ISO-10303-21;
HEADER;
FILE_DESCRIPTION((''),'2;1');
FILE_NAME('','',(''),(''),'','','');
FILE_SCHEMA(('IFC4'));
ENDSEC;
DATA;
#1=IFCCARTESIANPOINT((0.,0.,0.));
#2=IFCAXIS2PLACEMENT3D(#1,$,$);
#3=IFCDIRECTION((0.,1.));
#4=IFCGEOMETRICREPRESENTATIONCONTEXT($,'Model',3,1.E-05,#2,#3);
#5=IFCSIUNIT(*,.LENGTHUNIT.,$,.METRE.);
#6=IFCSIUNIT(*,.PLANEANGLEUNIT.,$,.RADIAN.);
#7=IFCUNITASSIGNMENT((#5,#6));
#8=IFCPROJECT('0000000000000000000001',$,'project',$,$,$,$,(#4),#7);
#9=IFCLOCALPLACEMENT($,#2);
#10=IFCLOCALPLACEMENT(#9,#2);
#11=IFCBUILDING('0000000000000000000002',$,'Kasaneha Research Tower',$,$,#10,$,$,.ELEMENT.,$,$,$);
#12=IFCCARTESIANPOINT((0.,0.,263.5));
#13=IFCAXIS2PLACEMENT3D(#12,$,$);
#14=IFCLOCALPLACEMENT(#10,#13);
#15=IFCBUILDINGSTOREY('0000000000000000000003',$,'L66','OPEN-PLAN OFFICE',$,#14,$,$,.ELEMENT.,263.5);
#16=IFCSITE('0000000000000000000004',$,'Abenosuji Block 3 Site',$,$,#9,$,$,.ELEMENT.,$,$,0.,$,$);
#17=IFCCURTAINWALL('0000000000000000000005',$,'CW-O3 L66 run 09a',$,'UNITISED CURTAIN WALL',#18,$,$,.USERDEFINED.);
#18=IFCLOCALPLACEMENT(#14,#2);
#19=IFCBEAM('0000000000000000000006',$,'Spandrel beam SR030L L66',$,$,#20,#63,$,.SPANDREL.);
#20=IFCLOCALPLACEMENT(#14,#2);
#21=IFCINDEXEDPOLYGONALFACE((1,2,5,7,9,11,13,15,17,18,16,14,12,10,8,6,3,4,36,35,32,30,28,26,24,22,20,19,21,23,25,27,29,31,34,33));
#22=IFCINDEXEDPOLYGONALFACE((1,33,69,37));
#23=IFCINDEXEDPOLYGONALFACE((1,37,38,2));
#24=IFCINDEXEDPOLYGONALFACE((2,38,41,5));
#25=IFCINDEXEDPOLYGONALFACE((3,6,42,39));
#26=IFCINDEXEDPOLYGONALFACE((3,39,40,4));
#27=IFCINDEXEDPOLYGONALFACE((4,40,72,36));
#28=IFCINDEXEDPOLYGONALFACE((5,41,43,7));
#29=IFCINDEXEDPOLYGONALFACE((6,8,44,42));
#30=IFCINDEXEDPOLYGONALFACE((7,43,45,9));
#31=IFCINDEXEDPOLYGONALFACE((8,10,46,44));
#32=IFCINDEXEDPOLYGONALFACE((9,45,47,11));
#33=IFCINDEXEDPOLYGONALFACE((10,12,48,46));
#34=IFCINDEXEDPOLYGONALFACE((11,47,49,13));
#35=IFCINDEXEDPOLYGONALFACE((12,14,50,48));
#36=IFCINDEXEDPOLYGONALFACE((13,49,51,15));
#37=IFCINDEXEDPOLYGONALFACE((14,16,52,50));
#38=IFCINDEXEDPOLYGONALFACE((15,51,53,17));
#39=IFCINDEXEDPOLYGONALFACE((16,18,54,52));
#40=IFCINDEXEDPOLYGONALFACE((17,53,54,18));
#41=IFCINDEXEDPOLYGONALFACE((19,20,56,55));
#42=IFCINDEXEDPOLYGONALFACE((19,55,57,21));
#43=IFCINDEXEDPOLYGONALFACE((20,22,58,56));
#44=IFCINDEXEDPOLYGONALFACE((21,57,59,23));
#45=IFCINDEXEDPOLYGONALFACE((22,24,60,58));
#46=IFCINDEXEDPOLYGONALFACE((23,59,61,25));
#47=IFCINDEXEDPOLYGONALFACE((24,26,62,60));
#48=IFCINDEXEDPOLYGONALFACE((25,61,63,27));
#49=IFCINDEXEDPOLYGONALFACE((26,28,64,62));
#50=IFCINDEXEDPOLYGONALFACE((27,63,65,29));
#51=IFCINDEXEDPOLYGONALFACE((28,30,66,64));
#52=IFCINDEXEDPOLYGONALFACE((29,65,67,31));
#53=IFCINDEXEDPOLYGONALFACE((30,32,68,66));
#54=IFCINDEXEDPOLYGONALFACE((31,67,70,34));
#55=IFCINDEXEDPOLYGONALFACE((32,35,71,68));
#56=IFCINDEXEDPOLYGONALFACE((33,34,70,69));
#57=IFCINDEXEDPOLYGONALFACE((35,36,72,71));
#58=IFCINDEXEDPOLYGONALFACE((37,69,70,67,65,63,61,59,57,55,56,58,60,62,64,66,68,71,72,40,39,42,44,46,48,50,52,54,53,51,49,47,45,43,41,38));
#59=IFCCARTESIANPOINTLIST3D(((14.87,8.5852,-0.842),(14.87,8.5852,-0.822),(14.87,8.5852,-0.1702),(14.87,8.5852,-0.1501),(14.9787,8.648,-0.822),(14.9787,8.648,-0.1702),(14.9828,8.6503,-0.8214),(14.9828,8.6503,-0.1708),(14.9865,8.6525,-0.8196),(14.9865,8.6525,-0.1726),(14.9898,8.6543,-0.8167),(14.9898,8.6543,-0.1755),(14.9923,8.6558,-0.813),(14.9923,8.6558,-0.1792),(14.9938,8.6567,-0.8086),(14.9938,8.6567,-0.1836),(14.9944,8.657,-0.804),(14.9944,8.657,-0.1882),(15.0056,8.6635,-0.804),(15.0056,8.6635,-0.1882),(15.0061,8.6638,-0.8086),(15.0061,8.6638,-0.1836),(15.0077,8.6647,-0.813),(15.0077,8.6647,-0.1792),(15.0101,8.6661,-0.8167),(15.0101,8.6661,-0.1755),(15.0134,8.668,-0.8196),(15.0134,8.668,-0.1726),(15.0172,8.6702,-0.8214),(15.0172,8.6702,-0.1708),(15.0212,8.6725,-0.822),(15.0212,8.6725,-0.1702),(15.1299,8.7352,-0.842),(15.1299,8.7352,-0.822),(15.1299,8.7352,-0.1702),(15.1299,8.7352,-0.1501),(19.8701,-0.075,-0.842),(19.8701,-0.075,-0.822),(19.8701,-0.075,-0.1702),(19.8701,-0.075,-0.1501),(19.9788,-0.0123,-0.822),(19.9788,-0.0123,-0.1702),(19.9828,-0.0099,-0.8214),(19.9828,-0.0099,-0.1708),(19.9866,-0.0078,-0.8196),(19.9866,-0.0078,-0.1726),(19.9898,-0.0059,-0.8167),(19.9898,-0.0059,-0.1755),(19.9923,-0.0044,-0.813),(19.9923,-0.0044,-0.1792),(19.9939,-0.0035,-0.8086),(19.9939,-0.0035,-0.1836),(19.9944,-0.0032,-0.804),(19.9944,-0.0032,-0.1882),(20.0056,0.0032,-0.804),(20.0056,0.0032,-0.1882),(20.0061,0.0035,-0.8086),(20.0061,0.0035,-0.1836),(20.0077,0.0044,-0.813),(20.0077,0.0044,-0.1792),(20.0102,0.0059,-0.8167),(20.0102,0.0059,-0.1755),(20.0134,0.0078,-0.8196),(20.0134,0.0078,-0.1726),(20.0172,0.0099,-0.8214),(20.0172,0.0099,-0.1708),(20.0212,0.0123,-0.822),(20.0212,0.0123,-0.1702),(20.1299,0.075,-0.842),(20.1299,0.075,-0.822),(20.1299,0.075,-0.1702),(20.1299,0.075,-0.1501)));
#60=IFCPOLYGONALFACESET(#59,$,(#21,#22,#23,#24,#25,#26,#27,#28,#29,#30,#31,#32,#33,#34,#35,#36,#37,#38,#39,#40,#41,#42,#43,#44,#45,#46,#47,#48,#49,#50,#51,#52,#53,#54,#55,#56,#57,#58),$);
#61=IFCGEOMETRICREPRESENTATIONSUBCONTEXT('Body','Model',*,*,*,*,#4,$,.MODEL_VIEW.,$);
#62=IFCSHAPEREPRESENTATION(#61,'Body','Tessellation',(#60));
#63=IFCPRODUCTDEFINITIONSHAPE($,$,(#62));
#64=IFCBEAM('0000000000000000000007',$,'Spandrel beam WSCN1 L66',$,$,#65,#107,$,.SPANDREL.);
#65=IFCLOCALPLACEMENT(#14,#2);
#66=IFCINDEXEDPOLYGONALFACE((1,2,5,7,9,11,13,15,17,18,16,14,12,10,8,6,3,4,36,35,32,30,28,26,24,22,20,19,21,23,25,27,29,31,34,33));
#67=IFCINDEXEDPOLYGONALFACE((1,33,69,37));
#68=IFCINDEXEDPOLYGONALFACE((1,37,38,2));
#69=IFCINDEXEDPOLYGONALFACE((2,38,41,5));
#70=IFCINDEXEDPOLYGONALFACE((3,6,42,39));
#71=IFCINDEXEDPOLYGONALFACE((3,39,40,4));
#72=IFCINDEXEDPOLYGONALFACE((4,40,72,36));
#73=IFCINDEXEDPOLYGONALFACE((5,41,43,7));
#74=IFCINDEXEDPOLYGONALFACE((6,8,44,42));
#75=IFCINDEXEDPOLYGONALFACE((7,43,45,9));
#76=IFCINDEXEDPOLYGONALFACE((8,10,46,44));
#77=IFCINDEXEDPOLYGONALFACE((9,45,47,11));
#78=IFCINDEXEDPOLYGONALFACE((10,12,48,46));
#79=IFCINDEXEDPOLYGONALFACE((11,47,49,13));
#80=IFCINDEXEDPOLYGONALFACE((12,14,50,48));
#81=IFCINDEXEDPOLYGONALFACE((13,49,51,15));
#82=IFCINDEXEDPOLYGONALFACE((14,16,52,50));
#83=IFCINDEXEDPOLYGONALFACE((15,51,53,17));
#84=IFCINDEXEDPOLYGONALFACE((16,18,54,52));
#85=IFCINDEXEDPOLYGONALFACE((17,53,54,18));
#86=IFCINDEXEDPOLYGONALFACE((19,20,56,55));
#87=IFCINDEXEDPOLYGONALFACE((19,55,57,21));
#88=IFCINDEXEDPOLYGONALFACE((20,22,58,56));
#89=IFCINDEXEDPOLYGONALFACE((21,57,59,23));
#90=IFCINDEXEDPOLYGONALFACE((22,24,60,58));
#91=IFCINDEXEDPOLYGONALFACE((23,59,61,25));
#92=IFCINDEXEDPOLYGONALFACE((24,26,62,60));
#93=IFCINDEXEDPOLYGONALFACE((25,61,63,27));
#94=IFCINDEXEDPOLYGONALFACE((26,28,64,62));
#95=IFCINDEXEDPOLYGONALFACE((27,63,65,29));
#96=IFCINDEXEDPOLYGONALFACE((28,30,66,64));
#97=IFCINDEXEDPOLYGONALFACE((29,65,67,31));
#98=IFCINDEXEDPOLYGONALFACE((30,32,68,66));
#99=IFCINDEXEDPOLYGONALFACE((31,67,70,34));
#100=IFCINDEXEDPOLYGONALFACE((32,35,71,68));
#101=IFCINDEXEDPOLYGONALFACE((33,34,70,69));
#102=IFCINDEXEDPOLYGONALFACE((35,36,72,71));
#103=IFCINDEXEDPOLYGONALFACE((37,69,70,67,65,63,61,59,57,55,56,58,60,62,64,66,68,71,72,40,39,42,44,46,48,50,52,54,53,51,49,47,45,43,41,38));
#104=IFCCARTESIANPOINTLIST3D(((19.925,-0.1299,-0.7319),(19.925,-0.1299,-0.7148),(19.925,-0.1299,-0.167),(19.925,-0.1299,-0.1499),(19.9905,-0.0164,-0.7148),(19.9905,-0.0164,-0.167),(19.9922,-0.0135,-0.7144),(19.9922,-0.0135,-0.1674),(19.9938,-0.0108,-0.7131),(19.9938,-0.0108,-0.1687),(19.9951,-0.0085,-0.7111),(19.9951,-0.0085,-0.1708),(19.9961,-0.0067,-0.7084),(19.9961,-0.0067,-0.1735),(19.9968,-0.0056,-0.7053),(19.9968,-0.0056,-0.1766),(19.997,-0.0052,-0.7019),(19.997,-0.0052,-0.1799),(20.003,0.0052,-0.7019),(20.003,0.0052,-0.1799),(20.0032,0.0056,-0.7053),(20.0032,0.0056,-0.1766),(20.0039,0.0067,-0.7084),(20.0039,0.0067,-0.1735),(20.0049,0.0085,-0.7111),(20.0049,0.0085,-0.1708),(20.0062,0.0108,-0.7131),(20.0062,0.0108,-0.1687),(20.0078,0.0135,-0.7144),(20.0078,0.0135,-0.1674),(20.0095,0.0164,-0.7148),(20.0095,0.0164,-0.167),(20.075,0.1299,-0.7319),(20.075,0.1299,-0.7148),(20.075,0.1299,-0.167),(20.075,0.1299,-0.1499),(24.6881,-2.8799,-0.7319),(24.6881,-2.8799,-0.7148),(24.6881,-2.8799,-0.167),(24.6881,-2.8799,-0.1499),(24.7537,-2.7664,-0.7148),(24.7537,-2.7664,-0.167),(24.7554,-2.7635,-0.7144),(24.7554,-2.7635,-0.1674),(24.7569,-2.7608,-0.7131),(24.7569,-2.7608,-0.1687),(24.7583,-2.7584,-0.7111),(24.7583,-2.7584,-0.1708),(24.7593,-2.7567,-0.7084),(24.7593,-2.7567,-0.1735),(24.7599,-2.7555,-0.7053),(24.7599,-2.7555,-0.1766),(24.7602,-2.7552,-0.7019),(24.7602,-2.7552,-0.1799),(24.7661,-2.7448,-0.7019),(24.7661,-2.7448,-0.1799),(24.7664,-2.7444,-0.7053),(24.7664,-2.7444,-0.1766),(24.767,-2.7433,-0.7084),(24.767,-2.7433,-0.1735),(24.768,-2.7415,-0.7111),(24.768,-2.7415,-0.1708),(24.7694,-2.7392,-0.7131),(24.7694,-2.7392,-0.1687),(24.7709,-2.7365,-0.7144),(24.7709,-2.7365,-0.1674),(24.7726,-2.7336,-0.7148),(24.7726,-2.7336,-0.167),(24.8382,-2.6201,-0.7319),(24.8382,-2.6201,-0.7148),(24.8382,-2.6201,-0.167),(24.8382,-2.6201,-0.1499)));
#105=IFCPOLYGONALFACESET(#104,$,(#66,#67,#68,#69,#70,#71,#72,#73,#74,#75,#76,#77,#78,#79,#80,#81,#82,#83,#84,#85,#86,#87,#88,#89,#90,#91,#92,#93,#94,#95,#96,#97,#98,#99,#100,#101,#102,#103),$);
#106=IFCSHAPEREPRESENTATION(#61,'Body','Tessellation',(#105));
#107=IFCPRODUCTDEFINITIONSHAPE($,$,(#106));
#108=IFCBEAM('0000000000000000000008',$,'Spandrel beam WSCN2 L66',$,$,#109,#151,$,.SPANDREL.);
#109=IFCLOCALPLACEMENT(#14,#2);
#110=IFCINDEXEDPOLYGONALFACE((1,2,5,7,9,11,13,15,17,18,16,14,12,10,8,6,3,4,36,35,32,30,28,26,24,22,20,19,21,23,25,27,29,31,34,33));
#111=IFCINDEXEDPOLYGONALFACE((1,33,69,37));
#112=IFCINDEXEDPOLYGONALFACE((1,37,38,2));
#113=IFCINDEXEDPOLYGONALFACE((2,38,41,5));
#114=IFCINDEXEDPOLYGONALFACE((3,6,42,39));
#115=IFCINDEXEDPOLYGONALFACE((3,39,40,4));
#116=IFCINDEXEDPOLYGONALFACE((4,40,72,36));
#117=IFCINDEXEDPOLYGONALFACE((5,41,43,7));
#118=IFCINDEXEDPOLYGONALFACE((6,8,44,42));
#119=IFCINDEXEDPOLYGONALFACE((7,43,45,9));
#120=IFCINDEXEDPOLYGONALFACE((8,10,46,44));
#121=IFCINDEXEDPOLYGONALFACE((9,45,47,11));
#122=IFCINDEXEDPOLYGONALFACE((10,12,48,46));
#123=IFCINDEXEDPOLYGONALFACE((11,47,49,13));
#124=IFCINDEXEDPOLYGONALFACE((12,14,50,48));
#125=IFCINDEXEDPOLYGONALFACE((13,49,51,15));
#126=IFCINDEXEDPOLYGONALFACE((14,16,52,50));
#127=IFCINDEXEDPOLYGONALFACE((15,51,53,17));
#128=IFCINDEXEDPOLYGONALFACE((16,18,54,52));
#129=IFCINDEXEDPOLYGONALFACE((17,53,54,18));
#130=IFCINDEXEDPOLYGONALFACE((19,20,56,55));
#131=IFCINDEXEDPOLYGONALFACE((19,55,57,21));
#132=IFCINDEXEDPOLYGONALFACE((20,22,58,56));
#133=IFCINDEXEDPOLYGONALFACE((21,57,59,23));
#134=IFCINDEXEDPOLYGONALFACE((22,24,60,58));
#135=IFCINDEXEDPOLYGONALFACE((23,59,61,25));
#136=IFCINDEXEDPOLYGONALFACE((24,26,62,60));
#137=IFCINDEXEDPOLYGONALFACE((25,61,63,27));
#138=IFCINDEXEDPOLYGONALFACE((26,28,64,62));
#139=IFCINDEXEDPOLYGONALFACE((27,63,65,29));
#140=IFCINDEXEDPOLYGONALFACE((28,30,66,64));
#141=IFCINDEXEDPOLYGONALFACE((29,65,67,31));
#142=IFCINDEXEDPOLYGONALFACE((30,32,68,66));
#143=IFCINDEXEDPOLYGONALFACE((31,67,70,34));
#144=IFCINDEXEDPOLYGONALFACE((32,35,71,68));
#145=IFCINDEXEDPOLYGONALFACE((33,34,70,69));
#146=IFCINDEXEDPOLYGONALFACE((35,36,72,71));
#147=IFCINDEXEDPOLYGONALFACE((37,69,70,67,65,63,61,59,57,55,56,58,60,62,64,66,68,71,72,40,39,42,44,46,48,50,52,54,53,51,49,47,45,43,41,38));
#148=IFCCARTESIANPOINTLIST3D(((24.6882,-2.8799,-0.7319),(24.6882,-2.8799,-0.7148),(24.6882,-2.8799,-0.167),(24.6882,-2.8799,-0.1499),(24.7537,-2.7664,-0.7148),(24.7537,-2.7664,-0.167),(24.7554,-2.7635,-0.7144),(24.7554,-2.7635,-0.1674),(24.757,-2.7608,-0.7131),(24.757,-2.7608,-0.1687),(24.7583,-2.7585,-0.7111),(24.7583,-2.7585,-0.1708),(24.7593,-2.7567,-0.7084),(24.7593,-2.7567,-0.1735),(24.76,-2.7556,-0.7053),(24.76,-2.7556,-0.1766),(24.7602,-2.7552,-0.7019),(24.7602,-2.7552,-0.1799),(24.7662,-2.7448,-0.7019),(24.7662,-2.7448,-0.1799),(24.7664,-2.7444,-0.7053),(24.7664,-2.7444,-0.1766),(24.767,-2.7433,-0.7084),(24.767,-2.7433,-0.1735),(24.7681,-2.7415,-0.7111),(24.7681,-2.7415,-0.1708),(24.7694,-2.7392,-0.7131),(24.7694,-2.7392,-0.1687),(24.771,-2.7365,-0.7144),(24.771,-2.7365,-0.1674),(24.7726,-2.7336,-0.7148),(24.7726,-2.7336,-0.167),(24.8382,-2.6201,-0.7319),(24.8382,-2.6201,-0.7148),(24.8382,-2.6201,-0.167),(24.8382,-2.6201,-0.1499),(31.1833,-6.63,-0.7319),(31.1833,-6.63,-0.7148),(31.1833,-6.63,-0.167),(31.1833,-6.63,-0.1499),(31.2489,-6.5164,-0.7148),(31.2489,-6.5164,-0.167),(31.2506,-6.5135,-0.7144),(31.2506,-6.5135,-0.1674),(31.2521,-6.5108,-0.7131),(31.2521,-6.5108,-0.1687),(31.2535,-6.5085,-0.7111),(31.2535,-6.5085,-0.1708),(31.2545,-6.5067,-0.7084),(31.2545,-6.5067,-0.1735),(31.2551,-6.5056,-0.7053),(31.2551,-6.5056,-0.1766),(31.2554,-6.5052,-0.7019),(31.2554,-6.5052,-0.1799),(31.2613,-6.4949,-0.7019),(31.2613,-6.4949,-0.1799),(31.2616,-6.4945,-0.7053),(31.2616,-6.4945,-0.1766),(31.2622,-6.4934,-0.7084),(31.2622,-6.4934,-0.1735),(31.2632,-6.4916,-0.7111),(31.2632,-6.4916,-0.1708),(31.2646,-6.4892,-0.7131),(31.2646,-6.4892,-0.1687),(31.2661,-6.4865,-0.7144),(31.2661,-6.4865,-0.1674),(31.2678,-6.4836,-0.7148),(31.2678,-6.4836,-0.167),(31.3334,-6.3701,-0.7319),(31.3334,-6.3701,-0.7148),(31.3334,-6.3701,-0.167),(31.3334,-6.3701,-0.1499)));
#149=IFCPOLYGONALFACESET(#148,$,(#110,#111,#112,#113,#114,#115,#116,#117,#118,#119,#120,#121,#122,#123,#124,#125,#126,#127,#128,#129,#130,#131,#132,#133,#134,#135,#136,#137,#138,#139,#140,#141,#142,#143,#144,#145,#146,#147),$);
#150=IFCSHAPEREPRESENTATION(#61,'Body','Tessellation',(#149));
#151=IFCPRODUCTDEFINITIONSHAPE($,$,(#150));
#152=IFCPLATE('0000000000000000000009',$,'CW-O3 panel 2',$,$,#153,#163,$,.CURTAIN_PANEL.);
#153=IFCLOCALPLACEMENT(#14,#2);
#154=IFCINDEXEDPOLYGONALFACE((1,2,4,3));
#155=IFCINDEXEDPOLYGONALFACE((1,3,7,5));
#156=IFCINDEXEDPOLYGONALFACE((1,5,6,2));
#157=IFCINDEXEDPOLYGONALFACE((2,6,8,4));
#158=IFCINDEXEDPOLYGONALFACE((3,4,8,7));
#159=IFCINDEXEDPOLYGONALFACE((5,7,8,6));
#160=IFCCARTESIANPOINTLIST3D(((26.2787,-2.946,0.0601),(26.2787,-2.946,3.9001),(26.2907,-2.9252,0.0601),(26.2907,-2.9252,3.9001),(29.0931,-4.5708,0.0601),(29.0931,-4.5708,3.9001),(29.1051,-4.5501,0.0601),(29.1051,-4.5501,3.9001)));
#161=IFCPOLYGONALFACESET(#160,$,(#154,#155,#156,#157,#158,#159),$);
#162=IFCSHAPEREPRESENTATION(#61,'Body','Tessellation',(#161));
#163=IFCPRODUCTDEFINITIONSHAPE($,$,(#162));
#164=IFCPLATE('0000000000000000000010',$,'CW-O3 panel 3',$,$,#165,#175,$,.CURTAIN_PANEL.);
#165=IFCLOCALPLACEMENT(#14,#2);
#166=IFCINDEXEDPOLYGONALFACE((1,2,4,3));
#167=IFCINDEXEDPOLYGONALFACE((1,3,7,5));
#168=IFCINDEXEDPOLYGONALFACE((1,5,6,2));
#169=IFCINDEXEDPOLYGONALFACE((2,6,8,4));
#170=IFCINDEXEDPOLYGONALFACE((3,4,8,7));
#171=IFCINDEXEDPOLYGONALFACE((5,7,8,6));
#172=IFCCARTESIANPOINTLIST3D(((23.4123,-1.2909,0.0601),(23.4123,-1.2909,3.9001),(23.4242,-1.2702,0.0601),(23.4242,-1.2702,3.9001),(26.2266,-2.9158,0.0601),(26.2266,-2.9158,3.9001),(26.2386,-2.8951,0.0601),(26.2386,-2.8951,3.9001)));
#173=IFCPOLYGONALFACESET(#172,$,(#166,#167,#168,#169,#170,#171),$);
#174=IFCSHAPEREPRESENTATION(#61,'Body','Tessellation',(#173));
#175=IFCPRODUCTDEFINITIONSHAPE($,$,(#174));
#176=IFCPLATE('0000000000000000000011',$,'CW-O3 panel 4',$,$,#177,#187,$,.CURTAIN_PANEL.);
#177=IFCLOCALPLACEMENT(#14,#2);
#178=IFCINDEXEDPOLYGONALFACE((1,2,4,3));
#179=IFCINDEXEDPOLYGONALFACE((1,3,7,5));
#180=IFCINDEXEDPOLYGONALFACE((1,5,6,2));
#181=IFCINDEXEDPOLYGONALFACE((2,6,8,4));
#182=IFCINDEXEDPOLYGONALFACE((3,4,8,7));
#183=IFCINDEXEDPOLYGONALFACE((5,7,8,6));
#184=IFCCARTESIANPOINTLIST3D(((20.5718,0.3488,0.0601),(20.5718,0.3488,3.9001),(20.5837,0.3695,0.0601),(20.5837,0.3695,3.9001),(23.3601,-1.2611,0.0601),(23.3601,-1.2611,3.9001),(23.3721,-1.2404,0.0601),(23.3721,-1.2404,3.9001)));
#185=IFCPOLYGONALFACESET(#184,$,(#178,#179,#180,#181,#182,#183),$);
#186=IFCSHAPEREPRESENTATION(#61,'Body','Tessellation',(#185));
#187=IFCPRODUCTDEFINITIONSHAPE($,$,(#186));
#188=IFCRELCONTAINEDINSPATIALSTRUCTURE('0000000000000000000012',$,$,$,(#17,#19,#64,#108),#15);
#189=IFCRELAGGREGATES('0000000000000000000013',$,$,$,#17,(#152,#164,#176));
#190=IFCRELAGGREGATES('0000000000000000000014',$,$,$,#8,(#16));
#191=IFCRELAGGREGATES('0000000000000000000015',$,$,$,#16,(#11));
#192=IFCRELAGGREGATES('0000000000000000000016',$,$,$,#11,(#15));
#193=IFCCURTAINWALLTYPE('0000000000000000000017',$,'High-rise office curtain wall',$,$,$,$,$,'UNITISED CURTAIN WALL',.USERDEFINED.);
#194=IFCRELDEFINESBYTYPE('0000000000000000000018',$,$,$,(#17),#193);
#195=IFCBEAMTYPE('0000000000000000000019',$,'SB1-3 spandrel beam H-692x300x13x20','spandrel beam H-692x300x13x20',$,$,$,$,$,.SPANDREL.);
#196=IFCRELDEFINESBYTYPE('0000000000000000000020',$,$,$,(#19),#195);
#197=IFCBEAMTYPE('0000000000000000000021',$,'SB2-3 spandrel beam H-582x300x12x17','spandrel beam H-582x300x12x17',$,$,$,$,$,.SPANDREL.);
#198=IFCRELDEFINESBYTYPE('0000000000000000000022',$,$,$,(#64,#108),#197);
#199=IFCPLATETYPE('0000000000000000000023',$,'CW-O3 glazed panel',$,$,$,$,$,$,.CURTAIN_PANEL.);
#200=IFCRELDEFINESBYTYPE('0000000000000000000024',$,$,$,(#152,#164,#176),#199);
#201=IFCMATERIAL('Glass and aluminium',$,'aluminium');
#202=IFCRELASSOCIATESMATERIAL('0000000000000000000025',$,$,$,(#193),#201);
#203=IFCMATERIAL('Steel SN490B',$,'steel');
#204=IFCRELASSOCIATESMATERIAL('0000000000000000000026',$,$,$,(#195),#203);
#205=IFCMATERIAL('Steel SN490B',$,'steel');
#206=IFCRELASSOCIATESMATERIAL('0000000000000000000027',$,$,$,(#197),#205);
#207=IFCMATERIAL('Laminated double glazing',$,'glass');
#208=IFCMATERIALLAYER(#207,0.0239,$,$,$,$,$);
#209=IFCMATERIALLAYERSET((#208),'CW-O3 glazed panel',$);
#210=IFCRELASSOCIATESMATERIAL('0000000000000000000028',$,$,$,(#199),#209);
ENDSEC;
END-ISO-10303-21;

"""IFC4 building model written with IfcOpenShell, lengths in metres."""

from ifc_helpers import new_model, si_unit, direction, frame, origin, origin_2d, place, context, subcontext, project, spatial, rectangle, i_section, extrude, material, layer, layer_set, material_profile, profile_set, type_object, element, aggregate, save


model = new_model("IFC4")

# Units and contexts
model_context = context("Model", 3, precision=1e-05, world=origin(), true_north=direction((0.0, 1.0)))
body_context = subcontext(model_context, "Body", "Model", "MODEL_VIEW")
ifc_project = project(units=[si_unit("LENGTHUNIT", "METRE"), si_unit("PLANEANGLEUNIT", "RADIAN")], contexts=[model_context])

# Site, building, storey
site_placement = place(None, origin())
site = spatial("IfcSite", under=ifc_project, at=site_placement, Name="Abenosuji Block 3 Site", CompositionType="ELEMENT", RefElevation=0.0)
building_placement = place(site_placement, origin())
building = spatial("IfcBuilding", under=site, at=building_placement, Name="Kasaneha Research Tower", CompositionType="ELEMENT")
storey_placement = place(building_placement, frame((0.0, 0.0, 263.5)))
storey = spatial("IfcBuildingStorey", under=building, at=storey_placement, Name="L66", Description="OPEN-PLAN OFFICE", CompositionType="ELEMENT", Elevation=263.5)

# Curtain wall
ifc_material_1 = material(Name="Glass and aluminium", Category="aluminium")
curtain_wall_type = type_object("IfcCurtainWallType", Name="High-rise office curtain wall", ElementType="UNITISED CURTAIN WALL", PredefinedType="USERDEFINED", material=ifc_material_1)
curtain_wall_placement = place(storey_placement, origin())
curtain_wall = element("IfcCurtainWall", 1, at=curtain_wall_placement, inside=storey, type_object=curtain_wall_type, Name="CW-O3 L66 run 09a", ObjectType="UNITISED CURTAIN WALL", PredefinedType="USERDEFINED")

# Beams
ifc_material_2 = material(Name="Steel SN490B", Category="steel")
ifc_material_profile_1 = material_profile(ifc_material_2, i_section(OverallWidth=0.3, OverallDepth=0.6919, WebThickness=0.0129, FlangeThickness=0.02, FilletRadius=0.0181, at=origin_2d()), Name="H-692x300x13x20")
ifc_profile_set_1 = profile_set([ifc_material_profile_1], Name="Steel SN490B")
beam_type_1 = type_object("IfcBeamType", Name="SB1-3 spandrel beam H-692x300x13x20", Description="spandrel beam H-692x300x13x20", PredefinedType="SPANDREL", material=ifc_profile_set_1)
beam_1_placement = place(storey_placement, frame((20.0, 0.0, -0.4961), z_axis=(-0.500004, 0.866023, 0.0), x_axis=(-0.866023, -0.500004, 0.0)))
element("IfcBeam", 2, at=beam_1_placement, inside=storey, type_object=beam_type_1, Name="Spandrel beam SR030L L66", PredefinedType="SPANDREL", context=body_context, shape_type="SweptSolid", body=[
    extrude(i_section(OverallWidth=0.3, OverallDepth=0.6919, WebThickness=0.0129, FlangeThickness=0.02, FilletRadius=0.0181, at=origin_2d()), origin(), (0.0, 0.0, 1.0), 10.0),
])
ifc_material_3 = material(Name="Steel SN490B", Category="steel")
ifc_material_profile_2 = material_profile(ifc_material_3, i_section(OverallWidth=0.3, OverallDepth=0.582, WebThickness=0.012, FlangeThickness=0.0171, FilletRadius=0.0129, at=origin_2d()), Name="H-582x300x12x17")
ifc_profile_set_2 = profile_set([ifc_material_profile_2], Name="Steel SN490B")
beam_type_2 = type_object("IfcBeamType", Name="SB2-3 spandrel beam H-582x300x12x17", Description="spandrel beam H-582x300x12x17", PredefinedType="SPANDREL", material=ifc_profile_set_2)
beam_2_placement = place(storey_placement, frame((20.0, 0.0, -0.4409), z_axis=(0.866027, -0.499997, 0.0), x_axis=(0.499997, 0.866027, 0.0)))
element("IfcBeam", 3, at=beam_2_placement, inside=storey, type_object=beam_type_2, Name="Spandrel beam WSCN1 L66", PredefinedType="SPANDREL", context=body_context, shape_type="SweptSolid", body=[
    extrude(i_section(OverallWidth=0.3, OverallDepth=0.582, WebThickness=0.012, FlangeThickness=0.0171, FilletRadius=0.0129, at=origin_2d()), origin(), (0.0, 0.0, 1.0), 5.5),
])
beam_3_placement = place(storey_placement, frame((24.7632, -2.75, -0.4409), z_axis=(0.866023, -0.500004, 0.0), x_axis=(0.500004, 0.866023, 0.0)))
element("IfcBeam", 4, at=beam_3_placement, inside=storey, type_object=beam_type_2, Name="Spandrel beam WSCN2 L66", PredefinedType="SPANDREL", context=body_context, shape_type="SweptSolid", body=[
    extrude(i_section(OverallWidth=0.3, OverallDepth=0.582, WebThickness=0.012, FlangeThickness=0.0171, FilletRadius=0.0129, at=origin_2d()), origin(), (0.0, 0.0, 1.0), 7.5),
])

# Plates
ifc_material_4 = material(Name="Laminated double glazing", Category="glass")
ifc_layer_1 = layer(ifc_material_4, 0.0239)
ifc_layer_set_1 = layer_set([ifc_layer_1], Name="CW-O3 glazed panel")
plate_type = type_object("IfcPlateType", Name="CW-O3 glazed panel", PredefinedType="CURTAIN_PANEL", material=ifc_layer_set_1)
plate_1_placement = place(storey_placement, frame((27.6919, -3.748, 0.0601), z_axis=(0.0, 0.0, 1.0), x_axis=(-0.866025, 0.5, 0.0)))
plate_1 = element("IfcPlate", 5, at=plate_1_placement, type_object=plate_type, Name="CW-O3 panel 2", PredefinedType="CURTAIN_PANEL", context=body_context, shape_type="SweptSolid", body=[
    extrude(rectangle(XDim=3.2498, YDim=0.0239, at=origin_2d()), origin(), (0.0, 0.0, 1.0), 3.8401),
])
plate_2_placement = place(storey_placement, frame((24.8254, -2.093, 0.0601), z_axis=(0.0, 0.0, 1.0), x_axis=(-0.866025, 0.5, 0.0)))
plate_2 = element("IfcPlate", 6, at=plate_2_placement, type_object=plate_type, Name="CW-O3 panel 3", PredefinedType="CURTAIN_PANEL", context=body_context, shape_type="SweptSolid", body=[
    extrude(rectangle(XDim=3.2498, YDim=0.0239, at=origin_2d()), origin(), (0.0, 0.0, 1.0), 3.8401),
])
plate_3_placement = place(storey_placement, frame((21.9719, -0.4458, 0.0601), z_axis=(0.0, 0.0, 1.0), x_axis=(-0.866025, 0.5, 0.0)))
plate_3 = element("IfcPlate", 7, at=plate_3_placement, type_object=plate_type, Name="CW-O3 panel 4", PredefinedType="CURTAIN_PANEL", context=body_context, shape_type="SweptSolid", body=[
    extrude(rectangle(XDim=3.2197, YDim=0.0239, at=origin_2d()), origin(), (0.0, 0.0, 1.0), 3.8401),
])
aggregate(curtain_wall, [plate_1, plate_2, plate_3])

save(model, "model.ifc")
